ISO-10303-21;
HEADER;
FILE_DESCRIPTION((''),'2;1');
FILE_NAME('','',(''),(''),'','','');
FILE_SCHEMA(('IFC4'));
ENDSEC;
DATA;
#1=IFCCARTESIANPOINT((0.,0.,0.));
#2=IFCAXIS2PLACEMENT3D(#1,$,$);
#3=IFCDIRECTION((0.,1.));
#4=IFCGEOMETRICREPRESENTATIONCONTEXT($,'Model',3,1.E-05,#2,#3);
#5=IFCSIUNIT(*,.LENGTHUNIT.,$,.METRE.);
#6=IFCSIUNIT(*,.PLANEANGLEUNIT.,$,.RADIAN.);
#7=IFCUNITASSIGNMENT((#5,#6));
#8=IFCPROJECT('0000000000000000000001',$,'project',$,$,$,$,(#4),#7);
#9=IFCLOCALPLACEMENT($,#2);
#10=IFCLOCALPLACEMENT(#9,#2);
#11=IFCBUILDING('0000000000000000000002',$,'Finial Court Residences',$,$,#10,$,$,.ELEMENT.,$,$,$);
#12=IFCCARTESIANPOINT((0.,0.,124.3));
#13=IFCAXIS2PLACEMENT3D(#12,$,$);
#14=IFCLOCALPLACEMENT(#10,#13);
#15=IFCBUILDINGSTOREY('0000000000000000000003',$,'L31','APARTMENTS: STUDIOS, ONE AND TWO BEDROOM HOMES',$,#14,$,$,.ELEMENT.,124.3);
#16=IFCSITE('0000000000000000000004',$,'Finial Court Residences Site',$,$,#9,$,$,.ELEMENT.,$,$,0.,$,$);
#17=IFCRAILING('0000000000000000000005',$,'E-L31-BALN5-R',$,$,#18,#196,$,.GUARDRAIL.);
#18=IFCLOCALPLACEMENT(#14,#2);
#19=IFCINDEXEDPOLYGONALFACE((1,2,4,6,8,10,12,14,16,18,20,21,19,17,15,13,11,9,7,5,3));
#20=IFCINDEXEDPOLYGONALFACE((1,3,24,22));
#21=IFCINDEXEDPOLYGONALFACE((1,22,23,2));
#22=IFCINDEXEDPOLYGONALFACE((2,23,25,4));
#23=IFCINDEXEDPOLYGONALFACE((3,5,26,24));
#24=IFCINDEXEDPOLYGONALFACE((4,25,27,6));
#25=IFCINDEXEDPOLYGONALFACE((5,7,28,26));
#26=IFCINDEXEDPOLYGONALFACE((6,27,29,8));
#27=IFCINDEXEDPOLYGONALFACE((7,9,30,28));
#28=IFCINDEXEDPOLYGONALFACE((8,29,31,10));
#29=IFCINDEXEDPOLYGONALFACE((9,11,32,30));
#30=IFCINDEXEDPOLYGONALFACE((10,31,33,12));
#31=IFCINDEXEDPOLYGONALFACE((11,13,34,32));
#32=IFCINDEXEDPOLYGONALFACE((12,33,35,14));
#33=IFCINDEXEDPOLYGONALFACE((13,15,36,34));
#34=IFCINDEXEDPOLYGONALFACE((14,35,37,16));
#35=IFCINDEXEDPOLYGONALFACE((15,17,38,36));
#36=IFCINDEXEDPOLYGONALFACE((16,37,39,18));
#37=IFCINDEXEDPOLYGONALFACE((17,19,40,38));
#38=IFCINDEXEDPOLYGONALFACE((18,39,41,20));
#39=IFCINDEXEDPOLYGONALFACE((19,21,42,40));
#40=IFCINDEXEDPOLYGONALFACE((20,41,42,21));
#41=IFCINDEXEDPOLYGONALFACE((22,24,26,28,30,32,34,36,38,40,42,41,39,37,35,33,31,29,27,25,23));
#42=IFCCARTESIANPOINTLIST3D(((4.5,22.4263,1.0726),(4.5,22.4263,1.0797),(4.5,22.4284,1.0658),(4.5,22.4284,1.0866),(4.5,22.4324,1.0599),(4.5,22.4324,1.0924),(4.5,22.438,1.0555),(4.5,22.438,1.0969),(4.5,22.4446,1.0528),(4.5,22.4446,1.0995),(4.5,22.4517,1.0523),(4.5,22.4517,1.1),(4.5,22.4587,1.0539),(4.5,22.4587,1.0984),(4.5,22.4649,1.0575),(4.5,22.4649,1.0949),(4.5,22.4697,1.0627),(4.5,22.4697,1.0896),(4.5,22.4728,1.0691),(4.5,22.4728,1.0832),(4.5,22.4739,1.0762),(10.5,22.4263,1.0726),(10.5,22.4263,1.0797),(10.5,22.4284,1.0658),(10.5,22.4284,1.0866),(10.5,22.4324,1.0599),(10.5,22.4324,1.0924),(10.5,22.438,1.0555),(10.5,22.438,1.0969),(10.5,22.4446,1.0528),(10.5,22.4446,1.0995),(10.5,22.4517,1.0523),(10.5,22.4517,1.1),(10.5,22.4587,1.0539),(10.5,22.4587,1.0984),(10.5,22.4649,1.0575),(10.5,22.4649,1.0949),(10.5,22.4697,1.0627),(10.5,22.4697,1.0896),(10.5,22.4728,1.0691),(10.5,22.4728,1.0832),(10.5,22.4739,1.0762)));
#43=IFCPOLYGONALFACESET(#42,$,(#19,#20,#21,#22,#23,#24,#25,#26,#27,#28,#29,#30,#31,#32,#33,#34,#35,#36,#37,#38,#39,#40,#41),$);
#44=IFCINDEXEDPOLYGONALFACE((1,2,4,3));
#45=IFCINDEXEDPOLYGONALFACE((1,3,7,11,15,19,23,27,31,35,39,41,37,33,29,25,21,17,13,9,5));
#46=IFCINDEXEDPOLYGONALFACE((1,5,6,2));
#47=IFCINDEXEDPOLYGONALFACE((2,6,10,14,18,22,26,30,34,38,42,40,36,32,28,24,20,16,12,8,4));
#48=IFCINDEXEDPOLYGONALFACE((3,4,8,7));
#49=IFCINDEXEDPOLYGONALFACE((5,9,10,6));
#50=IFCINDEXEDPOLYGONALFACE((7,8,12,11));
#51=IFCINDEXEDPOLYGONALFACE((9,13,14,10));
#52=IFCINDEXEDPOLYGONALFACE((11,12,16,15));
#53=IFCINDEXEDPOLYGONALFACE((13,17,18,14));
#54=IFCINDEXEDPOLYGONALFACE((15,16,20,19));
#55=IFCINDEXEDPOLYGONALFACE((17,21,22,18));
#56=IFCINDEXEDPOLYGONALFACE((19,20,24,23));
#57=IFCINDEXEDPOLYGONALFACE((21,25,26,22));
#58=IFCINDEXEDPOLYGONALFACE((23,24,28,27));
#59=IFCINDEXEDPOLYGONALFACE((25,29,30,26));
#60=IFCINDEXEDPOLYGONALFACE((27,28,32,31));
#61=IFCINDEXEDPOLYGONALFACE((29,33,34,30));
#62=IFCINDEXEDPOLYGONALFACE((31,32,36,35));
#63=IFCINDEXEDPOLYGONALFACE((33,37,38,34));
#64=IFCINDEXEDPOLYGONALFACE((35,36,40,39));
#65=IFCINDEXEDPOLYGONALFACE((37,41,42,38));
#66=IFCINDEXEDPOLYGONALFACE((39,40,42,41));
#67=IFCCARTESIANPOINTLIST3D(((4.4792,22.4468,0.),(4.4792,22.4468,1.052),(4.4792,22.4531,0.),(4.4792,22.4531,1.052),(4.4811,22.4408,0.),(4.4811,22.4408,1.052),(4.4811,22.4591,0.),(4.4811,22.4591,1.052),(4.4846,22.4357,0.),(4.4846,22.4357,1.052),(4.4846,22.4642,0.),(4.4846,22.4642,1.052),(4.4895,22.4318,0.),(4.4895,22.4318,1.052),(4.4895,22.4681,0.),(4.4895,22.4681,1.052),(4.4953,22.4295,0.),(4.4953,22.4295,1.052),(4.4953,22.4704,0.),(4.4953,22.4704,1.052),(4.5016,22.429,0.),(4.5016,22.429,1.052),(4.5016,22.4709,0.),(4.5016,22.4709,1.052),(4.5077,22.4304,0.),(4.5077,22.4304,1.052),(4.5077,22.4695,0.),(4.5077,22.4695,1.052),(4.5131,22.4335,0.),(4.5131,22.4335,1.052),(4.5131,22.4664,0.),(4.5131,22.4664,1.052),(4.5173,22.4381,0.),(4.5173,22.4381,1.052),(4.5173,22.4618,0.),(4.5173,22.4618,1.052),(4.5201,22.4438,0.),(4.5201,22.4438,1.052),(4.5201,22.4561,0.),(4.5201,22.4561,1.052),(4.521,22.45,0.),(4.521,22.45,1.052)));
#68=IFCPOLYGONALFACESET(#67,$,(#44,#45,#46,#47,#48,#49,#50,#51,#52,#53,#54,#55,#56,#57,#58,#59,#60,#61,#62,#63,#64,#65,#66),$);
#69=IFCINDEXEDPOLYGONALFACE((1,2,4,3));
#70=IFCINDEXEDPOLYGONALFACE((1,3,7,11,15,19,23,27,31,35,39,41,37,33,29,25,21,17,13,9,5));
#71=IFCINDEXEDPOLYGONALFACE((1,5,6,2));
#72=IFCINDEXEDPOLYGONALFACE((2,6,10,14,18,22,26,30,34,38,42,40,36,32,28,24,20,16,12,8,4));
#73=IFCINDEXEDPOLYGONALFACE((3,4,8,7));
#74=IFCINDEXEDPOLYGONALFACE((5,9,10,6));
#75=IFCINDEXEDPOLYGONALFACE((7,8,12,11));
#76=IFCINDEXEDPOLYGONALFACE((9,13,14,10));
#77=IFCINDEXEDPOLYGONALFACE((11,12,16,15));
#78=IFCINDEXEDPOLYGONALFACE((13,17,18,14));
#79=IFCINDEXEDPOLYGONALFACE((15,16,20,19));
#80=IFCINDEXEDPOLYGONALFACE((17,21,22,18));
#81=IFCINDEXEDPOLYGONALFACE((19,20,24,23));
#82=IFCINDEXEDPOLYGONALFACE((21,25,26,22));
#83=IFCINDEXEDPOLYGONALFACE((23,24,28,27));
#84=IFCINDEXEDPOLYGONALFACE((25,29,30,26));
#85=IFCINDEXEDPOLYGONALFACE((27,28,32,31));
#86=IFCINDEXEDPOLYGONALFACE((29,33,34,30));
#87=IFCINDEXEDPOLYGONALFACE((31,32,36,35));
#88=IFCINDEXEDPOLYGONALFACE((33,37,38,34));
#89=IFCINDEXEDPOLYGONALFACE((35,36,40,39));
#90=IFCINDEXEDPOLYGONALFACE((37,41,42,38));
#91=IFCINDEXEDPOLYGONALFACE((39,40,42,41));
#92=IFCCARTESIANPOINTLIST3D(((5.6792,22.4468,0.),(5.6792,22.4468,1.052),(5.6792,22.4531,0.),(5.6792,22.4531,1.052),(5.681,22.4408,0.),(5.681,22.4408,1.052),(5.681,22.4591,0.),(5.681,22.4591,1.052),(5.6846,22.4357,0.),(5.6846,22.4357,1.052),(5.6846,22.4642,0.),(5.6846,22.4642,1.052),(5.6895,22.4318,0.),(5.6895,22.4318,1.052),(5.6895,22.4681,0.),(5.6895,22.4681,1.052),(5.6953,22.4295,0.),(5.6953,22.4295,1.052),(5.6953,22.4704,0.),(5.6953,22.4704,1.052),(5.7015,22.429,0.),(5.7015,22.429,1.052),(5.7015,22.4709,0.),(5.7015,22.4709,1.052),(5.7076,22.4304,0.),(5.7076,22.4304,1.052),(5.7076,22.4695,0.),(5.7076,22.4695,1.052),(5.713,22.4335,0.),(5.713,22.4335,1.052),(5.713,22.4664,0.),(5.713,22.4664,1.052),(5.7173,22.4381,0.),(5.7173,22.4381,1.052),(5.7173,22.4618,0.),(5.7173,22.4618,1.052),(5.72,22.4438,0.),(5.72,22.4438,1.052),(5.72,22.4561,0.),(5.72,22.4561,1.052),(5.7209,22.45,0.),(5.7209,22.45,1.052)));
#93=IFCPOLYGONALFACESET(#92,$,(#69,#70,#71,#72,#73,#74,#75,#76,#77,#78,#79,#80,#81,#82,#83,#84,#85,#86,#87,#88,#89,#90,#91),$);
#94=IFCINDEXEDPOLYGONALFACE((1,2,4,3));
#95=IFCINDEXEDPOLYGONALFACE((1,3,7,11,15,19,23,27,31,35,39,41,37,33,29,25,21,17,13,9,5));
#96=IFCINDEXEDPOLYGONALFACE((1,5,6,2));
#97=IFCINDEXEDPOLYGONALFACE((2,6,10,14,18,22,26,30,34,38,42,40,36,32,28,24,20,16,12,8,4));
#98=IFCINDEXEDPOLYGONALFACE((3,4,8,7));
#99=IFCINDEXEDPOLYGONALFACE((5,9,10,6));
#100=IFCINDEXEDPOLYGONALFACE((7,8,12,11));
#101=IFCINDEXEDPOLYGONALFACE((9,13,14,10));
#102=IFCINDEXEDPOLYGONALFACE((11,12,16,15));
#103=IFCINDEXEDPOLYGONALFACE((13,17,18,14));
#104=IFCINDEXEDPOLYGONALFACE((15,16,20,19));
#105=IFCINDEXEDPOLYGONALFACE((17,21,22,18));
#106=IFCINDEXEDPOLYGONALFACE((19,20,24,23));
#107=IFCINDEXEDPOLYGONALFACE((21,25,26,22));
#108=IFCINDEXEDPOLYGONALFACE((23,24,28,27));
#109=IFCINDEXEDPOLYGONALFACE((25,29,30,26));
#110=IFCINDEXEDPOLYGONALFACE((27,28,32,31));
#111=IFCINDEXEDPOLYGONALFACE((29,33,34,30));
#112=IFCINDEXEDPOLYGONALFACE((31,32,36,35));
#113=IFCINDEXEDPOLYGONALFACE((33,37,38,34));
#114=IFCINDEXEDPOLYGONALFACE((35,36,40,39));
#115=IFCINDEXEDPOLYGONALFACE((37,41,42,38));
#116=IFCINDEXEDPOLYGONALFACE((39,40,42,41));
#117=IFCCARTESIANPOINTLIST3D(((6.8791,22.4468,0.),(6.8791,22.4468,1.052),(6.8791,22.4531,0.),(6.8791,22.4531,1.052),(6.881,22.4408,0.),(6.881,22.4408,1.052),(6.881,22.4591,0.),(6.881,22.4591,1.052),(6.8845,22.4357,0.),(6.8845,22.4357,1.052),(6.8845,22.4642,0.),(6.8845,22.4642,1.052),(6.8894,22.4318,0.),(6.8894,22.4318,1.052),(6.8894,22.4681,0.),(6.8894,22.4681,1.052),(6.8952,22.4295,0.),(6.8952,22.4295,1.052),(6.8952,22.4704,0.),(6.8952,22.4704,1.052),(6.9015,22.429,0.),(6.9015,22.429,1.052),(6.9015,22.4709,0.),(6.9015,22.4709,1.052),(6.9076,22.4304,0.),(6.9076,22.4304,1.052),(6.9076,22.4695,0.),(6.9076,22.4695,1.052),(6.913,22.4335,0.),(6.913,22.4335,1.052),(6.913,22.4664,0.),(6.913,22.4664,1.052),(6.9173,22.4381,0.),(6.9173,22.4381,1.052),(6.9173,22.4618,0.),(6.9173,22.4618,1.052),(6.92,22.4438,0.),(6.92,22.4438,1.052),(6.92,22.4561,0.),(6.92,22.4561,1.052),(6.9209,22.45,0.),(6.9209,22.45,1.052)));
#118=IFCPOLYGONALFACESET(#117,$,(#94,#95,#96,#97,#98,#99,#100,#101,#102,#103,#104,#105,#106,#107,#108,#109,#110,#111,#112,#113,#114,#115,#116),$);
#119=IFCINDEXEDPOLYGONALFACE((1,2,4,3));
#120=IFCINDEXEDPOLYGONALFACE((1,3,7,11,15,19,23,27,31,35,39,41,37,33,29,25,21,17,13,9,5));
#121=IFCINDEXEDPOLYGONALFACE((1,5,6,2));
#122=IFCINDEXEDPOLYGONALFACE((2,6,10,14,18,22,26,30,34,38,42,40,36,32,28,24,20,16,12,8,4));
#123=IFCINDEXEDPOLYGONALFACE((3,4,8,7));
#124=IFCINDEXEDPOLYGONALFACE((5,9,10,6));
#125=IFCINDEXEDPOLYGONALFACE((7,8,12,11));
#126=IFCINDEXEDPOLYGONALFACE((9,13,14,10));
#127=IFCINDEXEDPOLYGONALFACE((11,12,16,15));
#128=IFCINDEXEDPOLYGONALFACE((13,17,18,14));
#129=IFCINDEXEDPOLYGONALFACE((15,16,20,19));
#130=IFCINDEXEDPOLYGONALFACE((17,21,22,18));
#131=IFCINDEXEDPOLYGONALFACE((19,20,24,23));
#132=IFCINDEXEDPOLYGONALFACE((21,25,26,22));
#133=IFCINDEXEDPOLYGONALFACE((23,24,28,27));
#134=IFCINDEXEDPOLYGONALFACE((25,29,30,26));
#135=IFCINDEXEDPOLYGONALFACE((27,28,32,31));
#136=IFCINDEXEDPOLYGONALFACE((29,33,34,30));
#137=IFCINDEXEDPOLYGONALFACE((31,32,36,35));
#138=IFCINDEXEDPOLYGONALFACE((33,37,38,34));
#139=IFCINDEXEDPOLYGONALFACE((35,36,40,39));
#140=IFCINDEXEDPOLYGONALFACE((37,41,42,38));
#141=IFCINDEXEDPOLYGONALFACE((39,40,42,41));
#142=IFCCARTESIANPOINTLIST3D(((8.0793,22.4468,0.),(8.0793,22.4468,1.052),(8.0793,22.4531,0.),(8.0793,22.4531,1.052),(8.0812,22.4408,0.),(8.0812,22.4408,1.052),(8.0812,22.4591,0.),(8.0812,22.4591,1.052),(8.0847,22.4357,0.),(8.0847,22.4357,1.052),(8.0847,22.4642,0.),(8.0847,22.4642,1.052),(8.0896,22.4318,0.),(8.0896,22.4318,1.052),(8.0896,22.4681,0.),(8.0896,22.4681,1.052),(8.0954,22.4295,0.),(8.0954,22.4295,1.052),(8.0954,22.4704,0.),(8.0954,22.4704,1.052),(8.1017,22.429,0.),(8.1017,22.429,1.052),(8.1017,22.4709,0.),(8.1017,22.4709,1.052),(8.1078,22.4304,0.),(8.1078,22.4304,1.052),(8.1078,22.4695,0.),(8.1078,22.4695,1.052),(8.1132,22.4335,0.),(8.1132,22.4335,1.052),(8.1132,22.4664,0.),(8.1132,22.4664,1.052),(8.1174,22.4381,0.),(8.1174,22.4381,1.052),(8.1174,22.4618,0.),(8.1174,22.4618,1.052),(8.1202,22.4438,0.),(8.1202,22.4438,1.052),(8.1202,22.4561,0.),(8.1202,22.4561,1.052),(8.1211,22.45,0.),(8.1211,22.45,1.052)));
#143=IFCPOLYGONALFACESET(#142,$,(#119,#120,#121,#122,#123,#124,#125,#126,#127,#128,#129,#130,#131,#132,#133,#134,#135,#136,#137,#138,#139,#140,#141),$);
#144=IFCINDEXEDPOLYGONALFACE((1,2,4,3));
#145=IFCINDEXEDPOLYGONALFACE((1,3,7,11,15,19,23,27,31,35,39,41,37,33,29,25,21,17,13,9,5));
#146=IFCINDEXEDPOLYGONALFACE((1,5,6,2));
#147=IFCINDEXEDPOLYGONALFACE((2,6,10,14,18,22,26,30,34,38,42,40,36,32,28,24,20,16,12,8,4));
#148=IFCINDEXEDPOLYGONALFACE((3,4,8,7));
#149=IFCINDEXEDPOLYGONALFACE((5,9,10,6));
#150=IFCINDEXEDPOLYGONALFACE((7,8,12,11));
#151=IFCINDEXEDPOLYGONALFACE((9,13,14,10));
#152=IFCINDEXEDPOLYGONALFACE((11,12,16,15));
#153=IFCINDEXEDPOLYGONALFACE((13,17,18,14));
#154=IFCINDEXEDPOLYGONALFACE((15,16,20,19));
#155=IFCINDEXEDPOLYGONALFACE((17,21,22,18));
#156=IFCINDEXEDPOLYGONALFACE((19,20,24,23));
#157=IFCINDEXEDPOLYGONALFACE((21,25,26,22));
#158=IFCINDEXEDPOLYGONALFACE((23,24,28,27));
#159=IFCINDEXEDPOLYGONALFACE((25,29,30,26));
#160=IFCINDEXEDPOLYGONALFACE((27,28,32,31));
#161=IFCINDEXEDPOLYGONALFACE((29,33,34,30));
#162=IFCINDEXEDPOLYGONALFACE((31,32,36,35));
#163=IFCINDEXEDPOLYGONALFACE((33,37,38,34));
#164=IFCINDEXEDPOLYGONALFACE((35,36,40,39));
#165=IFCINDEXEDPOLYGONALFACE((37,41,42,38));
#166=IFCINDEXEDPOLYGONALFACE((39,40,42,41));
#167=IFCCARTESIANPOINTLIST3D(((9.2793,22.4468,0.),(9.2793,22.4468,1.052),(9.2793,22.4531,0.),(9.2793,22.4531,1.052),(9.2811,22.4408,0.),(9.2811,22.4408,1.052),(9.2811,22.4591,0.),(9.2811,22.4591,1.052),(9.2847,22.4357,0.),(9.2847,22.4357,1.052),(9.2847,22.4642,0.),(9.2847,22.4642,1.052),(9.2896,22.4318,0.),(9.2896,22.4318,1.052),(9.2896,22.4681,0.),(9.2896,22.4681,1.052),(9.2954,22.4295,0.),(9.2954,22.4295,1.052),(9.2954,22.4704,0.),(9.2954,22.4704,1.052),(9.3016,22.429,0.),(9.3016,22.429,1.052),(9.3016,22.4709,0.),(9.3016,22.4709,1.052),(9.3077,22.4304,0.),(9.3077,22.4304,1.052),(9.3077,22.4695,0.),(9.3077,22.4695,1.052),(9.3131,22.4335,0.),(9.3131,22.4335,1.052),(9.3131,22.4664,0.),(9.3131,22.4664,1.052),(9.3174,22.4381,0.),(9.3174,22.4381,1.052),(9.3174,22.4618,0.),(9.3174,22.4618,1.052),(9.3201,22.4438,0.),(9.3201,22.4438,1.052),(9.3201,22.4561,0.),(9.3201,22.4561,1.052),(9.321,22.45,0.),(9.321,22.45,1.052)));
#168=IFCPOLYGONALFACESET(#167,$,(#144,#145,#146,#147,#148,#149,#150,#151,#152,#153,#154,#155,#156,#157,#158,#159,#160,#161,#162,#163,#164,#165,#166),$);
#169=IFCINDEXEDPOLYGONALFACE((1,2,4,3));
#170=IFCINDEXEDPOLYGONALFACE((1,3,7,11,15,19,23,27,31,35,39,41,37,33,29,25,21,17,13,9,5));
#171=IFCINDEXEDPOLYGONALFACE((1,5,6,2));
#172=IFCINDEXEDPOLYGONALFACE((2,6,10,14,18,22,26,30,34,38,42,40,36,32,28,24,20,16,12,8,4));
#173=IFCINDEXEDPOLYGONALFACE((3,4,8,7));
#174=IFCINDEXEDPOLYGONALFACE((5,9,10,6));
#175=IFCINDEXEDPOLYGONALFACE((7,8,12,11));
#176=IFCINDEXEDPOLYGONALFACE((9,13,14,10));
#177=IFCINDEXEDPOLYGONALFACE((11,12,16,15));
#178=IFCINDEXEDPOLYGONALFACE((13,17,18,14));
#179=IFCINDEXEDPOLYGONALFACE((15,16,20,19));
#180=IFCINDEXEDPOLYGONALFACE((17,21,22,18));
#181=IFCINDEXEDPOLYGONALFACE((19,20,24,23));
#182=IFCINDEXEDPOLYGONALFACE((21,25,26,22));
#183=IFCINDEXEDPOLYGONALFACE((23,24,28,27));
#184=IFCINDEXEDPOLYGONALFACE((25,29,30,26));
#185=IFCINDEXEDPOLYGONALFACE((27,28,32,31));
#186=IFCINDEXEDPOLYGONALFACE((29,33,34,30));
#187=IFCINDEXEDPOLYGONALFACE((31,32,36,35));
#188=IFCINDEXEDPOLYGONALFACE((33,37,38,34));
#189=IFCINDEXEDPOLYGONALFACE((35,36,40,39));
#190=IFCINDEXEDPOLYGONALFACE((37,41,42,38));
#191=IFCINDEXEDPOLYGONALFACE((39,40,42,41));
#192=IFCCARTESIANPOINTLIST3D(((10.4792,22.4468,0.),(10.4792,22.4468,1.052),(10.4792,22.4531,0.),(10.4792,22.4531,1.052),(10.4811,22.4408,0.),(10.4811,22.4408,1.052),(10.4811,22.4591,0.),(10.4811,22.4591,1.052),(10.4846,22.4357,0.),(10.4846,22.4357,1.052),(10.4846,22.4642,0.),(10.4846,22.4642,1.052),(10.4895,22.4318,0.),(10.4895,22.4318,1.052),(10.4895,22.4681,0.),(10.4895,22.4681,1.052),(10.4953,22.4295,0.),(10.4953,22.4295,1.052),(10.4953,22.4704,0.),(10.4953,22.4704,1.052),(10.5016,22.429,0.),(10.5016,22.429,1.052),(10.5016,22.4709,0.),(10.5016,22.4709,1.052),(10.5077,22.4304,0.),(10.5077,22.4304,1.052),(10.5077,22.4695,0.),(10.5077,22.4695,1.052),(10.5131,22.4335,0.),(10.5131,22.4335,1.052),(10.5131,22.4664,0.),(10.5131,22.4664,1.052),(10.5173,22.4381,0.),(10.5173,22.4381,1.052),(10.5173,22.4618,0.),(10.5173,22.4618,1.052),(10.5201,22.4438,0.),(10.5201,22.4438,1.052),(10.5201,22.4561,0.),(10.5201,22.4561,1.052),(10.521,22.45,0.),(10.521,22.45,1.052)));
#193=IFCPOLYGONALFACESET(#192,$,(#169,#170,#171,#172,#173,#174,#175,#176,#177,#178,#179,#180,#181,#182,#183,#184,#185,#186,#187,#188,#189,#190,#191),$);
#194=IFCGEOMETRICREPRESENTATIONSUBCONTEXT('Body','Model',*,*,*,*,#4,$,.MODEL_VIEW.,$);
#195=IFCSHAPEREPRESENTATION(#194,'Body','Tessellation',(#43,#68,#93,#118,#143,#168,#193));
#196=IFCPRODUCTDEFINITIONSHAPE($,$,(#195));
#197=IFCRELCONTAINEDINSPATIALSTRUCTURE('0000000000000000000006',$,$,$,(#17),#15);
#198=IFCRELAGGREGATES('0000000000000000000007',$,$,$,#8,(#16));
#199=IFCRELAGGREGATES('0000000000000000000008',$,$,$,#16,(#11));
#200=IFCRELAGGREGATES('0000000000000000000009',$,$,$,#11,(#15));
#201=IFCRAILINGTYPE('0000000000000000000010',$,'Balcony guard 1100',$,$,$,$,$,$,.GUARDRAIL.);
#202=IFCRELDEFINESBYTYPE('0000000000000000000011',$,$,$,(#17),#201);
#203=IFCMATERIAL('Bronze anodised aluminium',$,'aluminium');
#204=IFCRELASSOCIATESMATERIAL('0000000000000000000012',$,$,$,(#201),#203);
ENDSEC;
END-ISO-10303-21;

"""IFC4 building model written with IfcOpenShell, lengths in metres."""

from ifc_helpers import new_model, si_unit, direction, frame, origin, origin_2d, place, context, subcontext, project, spatial, circle, extrude, material, type_object, element, save


model = new_model("IFC4")

# Units and contexts
model_context = context("Model", 3, precision=1e-05, world=origin(), true_north=direction((0.0, 1.0)))
body_context = subcontext(model_context, "Body", "Model", "MODEL_VIEW")
ifc_project = project(units=[si_unit("LENGTHUNIT", "METRE"), si_unit("PLANEANGLEUNIT", "RADIAN")], contexts=[model_context])

# Site, building, storey
site_placement = place(None, origin())
site = spatial("IfcSite", under=ifc_project, at=site_placement, Name="Finial Court Residences Site", CompositionType="ELEMENT", RefElevation=0.0)
building_placement = place(site_placement, origin())
building = spatial("IfcBuilding", under=site, at=building_placement, Name="Finial Court Residences", CompositionType="ELEMENT")
storey_placement = place(building_placement, frame((0.0, 0.0, 124.3)))
storey = spatial("IfcBuildingStorey", under=building, at=storey_placement, Name="L31", Description="APARTMENTS: STUDIOS, ONE AND TWO BEDROOM HOMES", CompositionType="ELEMENT", Elevation=124.3)

# Shared definitions
ifc_material_1 = material(Name="Bronze anodised aluminium", Category="aluminium")

# Railing
railing_type = type_object("IfcRailingType", Name="Balcony guard 1100", PredefinedType="GUARDRAIL", material=ifc_material_1)
for number, where, name in (
    (1, (4.5, 22.45, 0.0), "E-L31-BALN5-R"),
):
    element("IfcRailing", number, at=place(storey_placement, frame(where)), inside=storey, type_object=railing_type, Name=name, PredefinedType="GUARDRAIL", context=body_context, shape_type="SweptSolid", body=[
        extrude(circle(Radius=0.0239, at=origin_2d()), frame((0.0, 0.0, 1.0762), z_axis=(1.0, 0.0, 0.0), x_axis=(0.0, 1.0, 0.0)), (0.0, 0.0, 1.0), 6.0),
        extrude(circle(Radius=0.021, at=origin_2d()), origin(), (0.0, 0.0, 1.0), 1.052),
        extrude(circle(Radius=0.021, at=origin_2d()), frame((1.2, 0.0, 0.0)), (0.0, 0.0, 1.0), 1.052),
        extrude(circle(Radius=0.021, at=origin_2d()), frame((2.3999, 0.0, 0.0)), (0.0, 0.0, 1.0), 1.052),
        extrude(circle(Radius=0.021, at=origin_2d()), frame((3.6001, 0.0, 0.0)), (0.0, 0.0, 1.0), 1.052),
        extrude(circle(Radius=0.021, at=origin_2d()), frame((4.8, 0.0, 0.0)), (0.0, 0.0, 1.0), 1.052),
        extrude(circle(Radius=0.021, at=origin_2d()), frame((6.0, 0.0, 0.0)), (0.0, 0.0, 1.0), 1.052),
    ])

save(model, "model.ifc")
